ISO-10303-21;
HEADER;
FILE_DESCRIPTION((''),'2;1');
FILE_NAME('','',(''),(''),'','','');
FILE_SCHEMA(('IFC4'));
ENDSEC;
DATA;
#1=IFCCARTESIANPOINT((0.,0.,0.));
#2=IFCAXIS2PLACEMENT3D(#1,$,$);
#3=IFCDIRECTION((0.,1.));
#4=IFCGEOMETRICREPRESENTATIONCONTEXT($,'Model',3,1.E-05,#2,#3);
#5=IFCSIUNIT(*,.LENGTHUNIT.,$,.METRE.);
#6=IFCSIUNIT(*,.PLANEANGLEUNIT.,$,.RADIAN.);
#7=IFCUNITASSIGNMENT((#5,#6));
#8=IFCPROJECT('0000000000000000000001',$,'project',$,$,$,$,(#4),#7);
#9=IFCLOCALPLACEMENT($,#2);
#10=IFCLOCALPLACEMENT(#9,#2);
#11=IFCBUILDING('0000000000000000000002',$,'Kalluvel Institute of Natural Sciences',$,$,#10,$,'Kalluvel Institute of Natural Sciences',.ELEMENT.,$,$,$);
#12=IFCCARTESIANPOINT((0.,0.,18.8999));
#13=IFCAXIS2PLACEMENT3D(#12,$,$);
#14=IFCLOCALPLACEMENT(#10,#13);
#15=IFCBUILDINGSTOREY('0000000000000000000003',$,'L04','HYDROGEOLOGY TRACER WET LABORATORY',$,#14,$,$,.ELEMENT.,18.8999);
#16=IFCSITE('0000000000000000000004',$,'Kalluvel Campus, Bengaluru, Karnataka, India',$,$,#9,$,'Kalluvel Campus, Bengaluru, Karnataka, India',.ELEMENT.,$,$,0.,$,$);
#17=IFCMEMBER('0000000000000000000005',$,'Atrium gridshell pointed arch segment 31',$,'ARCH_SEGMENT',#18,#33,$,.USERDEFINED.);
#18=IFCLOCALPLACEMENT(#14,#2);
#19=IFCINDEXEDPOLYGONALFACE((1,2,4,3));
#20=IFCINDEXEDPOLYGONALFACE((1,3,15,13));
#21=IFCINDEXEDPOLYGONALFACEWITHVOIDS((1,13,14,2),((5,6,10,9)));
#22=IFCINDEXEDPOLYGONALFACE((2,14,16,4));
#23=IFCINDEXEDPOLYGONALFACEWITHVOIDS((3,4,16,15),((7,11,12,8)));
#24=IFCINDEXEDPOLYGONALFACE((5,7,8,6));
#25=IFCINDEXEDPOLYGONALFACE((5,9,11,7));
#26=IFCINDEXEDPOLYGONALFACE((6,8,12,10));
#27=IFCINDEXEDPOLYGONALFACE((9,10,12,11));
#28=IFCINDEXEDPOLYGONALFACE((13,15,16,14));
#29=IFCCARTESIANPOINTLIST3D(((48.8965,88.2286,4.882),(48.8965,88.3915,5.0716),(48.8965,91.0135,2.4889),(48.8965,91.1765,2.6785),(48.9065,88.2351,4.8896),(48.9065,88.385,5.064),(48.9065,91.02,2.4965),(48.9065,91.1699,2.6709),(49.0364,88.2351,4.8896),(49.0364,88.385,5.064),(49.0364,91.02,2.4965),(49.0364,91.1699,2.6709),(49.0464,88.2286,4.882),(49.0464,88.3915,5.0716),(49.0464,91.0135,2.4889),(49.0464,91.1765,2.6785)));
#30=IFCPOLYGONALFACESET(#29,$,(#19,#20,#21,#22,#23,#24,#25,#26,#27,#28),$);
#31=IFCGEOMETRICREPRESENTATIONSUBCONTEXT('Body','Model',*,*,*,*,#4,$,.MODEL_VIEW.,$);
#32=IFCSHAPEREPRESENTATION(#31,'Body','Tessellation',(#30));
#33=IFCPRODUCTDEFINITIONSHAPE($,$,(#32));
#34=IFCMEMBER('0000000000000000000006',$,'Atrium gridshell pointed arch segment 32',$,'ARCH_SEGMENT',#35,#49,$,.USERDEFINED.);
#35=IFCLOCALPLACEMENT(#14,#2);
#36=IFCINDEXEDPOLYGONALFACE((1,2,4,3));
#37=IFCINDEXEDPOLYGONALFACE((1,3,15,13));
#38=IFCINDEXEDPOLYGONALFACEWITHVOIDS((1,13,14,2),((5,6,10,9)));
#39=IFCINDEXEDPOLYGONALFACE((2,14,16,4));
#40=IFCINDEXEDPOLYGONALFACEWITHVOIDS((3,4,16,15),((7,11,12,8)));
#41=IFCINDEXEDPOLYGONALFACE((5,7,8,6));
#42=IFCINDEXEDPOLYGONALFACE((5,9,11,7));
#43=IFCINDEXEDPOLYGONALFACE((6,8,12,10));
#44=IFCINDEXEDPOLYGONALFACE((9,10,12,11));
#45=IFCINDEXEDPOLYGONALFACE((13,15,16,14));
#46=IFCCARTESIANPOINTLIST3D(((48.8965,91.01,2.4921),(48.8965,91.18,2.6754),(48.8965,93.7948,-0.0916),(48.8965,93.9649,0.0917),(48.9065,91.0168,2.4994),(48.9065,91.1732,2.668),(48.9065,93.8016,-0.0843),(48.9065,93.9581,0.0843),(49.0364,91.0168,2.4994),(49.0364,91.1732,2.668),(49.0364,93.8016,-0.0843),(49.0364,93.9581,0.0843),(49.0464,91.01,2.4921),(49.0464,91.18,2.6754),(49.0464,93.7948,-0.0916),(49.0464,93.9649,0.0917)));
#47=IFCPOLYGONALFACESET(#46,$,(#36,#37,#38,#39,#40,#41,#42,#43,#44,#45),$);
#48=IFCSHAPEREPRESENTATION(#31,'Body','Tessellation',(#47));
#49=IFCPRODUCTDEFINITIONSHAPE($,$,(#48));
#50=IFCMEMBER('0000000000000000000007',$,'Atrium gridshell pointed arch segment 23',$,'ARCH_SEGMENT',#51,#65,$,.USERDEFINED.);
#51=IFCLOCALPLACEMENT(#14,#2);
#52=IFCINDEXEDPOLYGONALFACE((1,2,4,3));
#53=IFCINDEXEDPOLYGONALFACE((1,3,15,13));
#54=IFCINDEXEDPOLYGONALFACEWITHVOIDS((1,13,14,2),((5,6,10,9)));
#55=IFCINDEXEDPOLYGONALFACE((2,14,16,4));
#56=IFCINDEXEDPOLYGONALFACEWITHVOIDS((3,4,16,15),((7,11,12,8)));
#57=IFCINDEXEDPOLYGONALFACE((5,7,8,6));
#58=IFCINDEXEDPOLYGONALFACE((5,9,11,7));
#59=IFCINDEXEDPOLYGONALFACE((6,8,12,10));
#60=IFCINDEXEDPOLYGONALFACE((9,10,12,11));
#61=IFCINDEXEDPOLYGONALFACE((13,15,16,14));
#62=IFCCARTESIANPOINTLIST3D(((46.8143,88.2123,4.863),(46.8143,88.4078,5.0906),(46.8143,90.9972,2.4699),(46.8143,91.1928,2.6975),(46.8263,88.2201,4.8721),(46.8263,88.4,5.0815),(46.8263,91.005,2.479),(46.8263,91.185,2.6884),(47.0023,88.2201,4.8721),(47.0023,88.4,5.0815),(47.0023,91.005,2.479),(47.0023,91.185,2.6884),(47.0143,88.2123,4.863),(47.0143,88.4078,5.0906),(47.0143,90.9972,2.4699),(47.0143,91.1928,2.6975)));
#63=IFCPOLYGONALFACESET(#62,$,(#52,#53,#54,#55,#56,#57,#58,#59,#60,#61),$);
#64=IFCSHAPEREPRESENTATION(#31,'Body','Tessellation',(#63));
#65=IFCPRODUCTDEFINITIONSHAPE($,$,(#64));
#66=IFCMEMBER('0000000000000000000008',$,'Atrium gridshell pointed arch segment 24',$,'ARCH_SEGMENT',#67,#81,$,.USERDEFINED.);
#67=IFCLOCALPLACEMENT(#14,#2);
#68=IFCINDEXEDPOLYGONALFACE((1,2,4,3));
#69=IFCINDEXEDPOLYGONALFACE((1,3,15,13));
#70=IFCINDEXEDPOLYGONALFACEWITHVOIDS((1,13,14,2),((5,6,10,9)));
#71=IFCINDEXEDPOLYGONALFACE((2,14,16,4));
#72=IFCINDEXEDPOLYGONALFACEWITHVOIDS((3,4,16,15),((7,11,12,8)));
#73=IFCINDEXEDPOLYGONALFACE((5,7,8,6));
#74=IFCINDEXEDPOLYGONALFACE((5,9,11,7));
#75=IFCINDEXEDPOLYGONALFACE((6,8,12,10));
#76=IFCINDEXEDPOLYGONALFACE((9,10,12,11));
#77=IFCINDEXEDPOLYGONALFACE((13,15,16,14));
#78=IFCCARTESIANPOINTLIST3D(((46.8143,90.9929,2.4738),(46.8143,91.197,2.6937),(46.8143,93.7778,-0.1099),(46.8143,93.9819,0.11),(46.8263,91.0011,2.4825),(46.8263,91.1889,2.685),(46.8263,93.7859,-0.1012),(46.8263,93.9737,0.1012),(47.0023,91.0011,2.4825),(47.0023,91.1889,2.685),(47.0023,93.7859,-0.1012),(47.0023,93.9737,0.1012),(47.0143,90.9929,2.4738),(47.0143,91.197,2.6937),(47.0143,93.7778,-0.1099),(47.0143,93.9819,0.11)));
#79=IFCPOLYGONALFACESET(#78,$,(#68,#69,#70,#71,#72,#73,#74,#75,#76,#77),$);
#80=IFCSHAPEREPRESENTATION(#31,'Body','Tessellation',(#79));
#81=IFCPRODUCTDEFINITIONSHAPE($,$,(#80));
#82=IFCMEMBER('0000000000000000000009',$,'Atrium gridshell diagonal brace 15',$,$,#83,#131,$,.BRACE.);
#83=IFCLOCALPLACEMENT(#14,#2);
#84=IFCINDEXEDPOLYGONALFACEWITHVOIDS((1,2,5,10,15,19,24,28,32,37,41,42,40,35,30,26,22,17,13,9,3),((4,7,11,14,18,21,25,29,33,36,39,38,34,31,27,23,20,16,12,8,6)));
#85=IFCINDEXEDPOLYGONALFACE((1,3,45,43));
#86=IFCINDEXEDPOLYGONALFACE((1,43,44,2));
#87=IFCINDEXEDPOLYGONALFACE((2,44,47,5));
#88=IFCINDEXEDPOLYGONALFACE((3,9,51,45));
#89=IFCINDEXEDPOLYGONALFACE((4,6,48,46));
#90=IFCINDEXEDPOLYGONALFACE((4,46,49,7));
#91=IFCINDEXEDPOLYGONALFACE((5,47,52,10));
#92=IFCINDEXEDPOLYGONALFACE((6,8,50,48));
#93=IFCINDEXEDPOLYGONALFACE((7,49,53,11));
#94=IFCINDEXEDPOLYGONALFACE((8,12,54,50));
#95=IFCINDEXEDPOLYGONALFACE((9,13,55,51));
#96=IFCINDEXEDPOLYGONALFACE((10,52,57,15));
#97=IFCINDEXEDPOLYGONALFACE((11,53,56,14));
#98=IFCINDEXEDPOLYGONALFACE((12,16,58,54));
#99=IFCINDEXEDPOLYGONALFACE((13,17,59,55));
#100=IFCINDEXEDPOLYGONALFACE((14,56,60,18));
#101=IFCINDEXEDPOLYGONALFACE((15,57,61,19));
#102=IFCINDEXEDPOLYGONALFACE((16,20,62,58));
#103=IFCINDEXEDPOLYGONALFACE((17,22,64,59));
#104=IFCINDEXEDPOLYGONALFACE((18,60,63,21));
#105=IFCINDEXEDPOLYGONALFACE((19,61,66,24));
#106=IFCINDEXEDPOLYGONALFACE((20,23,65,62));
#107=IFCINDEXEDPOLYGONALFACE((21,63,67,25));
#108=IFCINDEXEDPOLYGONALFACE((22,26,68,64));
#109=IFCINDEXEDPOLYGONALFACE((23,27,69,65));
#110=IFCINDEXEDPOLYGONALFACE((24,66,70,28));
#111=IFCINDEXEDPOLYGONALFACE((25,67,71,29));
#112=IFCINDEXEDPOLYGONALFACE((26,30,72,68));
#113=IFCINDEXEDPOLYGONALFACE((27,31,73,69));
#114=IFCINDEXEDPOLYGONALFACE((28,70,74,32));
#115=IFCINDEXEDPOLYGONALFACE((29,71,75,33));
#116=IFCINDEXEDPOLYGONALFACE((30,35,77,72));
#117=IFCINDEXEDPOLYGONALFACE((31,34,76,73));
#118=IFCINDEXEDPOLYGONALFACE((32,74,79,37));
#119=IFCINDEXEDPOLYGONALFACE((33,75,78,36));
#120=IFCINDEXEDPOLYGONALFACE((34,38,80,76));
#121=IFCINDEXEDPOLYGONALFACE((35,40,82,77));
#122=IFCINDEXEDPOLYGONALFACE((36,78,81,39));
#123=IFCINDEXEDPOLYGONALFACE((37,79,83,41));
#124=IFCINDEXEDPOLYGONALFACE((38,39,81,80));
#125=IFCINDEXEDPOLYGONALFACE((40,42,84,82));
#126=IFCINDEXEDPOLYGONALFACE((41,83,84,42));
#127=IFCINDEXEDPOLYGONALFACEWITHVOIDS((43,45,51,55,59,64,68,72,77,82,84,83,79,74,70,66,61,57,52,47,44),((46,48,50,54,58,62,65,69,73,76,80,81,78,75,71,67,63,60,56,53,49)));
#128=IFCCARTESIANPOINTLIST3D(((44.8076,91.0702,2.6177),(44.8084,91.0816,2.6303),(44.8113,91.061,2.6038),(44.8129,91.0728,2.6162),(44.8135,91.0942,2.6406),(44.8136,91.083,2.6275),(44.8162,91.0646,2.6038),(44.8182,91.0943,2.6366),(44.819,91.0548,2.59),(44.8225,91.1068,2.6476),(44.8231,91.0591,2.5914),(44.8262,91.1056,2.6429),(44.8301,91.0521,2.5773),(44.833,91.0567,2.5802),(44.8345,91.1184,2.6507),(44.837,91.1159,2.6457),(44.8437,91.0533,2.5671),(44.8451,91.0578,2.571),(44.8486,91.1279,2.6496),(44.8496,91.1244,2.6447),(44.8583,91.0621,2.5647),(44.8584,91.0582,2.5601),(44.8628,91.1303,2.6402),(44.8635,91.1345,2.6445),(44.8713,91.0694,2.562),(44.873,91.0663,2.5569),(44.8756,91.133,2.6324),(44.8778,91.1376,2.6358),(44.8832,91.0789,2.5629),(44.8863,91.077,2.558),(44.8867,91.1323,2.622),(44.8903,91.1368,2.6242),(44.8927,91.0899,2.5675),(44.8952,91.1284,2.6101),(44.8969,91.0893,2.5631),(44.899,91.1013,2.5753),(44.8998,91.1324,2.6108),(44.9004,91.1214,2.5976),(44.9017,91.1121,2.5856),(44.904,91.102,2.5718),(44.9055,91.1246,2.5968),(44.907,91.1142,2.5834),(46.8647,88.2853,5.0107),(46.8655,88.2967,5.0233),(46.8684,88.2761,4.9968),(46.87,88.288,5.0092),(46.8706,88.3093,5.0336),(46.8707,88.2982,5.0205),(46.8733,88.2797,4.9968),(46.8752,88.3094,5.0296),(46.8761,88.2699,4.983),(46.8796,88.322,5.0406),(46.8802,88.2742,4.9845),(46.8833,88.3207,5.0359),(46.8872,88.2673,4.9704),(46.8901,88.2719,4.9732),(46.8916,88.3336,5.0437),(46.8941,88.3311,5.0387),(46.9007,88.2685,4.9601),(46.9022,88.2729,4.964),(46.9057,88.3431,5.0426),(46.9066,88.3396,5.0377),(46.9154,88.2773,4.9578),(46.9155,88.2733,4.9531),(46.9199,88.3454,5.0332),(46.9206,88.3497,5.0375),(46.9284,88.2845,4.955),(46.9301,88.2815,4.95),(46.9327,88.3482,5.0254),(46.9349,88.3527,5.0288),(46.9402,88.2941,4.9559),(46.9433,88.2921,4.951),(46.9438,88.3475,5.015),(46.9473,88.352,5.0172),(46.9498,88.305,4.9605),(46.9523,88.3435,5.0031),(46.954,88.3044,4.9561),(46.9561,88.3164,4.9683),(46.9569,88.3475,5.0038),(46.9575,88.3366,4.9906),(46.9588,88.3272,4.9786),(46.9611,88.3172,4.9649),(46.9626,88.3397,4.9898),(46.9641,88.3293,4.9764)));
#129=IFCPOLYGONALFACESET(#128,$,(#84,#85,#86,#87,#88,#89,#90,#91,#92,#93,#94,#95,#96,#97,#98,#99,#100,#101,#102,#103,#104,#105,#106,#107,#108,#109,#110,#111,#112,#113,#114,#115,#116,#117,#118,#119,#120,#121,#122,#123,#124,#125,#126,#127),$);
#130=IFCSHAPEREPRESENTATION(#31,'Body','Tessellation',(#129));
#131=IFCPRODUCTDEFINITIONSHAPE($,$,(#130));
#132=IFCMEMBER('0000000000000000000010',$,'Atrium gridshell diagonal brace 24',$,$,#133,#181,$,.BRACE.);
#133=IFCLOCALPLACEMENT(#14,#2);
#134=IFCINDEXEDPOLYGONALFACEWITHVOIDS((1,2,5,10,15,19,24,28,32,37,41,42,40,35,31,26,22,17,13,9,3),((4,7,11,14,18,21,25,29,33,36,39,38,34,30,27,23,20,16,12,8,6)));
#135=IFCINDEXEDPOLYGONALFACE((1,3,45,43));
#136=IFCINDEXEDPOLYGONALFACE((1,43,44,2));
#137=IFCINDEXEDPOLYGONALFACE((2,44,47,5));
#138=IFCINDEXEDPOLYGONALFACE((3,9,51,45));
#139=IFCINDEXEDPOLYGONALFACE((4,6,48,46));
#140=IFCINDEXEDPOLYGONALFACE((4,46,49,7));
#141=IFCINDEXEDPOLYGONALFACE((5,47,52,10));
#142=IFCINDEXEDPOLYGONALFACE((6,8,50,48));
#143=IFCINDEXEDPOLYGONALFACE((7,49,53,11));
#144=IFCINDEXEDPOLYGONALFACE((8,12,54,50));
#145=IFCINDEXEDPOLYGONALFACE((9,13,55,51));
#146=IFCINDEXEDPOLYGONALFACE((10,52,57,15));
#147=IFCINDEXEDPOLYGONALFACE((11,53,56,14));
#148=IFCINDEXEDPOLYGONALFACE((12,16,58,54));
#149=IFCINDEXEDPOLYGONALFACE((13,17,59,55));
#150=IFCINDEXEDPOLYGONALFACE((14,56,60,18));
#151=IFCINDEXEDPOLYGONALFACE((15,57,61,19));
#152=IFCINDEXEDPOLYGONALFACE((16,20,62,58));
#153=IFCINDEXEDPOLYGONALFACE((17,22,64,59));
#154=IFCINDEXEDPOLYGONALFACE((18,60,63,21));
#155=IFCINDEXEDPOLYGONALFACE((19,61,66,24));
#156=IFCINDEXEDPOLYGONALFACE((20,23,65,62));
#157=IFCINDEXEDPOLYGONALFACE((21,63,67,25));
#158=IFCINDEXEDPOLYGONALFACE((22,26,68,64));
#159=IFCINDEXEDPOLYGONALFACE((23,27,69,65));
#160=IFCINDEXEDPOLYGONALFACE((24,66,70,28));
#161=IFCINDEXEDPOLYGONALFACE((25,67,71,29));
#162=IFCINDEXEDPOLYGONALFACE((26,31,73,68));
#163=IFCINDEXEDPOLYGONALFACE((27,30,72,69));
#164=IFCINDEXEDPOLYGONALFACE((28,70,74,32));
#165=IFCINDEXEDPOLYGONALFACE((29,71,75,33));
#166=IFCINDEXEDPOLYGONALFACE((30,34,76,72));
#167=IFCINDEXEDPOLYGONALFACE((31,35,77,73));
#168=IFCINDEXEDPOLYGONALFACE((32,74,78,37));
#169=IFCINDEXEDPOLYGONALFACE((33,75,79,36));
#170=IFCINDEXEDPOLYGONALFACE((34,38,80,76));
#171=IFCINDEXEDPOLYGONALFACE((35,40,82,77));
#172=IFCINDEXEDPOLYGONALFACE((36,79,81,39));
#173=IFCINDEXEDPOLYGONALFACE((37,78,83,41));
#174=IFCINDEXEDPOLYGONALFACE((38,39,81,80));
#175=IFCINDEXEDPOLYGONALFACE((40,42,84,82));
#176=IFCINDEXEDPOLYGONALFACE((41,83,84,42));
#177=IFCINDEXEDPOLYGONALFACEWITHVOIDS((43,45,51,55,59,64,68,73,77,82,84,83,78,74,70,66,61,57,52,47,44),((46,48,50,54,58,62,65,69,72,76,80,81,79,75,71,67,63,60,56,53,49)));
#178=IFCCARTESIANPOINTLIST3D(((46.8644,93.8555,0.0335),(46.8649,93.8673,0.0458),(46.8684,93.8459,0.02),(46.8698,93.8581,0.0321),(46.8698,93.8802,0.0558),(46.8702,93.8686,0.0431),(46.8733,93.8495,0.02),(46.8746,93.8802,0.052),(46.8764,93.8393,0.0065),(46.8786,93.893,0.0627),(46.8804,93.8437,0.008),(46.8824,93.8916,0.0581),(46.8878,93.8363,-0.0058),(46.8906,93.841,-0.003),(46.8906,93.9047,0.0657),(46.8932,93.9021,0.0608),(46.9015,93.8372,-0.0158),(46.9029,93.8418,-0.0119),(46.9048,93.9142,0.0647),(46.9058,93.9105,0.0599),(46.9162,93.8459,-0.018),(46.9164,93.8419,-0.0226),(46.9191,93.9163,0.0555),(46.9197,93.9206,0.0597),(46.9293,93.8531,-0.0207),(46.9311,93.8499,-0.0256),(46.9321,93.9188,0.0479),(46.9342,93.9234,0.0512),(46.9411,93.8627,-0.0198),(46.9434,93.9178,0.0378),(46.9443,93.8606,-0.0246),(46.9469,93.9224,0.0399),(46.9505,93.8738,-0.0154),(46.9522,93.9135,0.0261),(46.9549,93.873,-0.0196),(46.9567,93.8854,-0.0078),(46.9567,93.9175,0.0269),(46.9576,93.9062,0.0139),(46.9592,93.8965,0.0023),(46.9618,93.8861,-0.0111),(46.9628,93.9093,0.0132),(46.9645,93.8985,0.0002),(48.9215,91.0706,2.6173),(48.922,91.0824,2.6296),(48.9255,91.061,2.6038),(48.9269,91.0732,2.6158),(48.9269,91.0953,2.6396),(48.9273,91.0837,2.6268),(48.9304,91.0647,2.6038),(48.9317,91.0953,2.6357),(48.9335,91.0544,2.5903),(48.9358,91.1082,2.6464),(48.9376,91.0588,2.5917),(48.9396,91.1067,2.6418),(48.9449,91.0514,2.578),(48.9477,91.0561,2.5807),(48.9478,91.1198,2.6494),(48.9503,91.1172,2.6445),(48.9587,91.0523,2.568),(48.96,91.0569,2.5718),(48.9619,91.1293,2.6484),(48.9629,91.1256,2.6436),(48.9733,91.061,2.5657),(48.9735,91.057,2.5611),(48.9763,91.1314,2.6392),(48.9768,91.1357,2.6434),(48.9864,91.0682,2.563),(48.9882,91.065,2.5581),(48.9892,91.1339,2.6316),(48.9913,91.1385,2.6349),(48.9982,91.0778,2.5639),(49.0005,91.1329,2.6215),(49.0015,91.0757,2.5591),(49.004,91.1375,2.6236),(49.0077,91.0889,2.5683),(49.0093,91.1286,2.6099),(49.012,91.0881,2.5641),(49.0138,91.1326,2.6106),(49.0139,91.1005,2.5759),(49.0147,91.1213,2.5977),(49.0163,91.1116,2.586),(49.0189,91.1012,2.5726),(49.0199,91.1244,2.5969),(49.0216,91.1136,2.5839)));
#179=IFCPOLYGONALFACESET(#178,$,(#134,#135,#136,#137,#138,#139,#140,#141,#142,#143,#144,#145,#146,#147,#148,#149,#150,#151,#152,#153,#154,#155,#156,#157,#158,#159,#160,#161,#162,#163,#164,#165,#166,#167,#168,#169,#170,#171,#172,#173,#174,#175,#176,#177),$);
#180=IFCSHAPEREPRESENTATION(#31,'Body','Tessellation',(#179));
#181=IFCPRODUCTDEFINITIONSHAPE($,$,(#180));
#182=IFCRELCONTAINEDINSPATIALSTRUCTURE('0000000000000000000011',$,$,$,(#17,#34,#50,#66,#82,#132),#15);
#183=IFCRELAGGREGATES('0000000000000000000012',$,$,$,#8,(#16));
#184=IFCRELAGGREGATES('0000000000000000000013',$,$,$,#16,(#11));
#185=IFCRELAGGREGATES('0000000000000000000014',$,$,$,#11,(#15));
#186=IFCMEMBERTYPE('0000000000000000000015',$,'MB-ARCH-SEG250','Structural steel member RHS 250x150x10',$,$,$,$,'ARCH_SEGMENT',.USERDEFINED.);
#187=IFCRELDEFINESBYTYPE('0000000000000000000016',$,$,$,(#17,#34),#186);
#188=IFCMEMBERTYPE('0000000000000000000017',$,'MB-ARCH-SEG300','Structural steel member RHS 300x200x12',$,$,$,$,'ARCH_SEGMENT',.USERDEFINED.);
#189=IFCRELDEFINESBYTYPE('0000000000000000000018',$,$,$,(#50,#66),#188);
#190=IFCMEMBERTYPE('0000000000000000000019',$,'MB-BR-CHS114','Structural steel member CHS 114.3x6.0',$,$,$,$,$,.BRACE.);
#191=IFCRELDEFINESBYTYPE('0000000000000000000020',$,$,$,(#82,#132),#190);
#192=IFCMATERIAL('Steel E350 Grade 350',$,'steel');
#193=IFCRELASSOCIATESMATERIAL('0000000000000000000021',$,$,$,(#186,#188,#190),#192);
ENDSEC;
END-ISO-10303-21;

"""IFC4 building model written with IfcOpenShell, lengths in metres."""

from ifc_helpers import new_model, si_unit, direction, frame, origin, origin_2d, place, context, subcontext, project, spatial, hollow_rectangle, hollow_circle, extrude, material, material_profile, profile_set, type_object, element, save


model = new_model("IFC4")

# Units and contexts
model_context = context("Model", 3, precision=1e-05, world=origin(), true_north=direction((0.0, 1.0)))
body_context = subcontext(model_context, "Body", "Model", "MODEL_VIEW")
ifc_project = project(units=[si_unit("LENGTHUNIT", "METRE"), si_unit("PLANEANGLEUNIT", "RADIAN")], contexts=[model_context])

# Site, building, storey
site_placement = place(None, origin())
site = spatial("IfcSite", under=ifc_project, at=site_placement, Name="Kalluvel Campus, Bengaluru, Karnataka, India", LongName="Kalluvel Campus, Bengaluru, Karnataka, India", CompositionType="ELEMENT", RefElevation=0.0)
building_placement = place(site_placement, origin())
building = spatial("IfcBuilding", under=site, at=building_placement, Name="Kalluvel Institute of Natural Sciences", LongName="Kalluvel Institute of Natural Sciences", CompositionType="ELEMENT")
storey_placement = place(building_placement, frame((0.0, 0.0, 18.8999)))
storey = spatial("IfcBuildingStorey", under=building, at=storey_placement, Name="L04", Description="HYDROGEOLOGY TRACER WET LABORATORY", CompositionType="ELEMENT", Elevation=18.8999)

# Members
ifc_material_1 = material(Name="Steel E350 Grade 350", Category="steel")
ifc_material_profile_1 = material_profile(ifc_material_1, hollow_rectangle(XDim=0.1499, YDim=0.25, WallThickness=0.01, at=origin_2d()), Name="RHS 250x150x10")
ifc_profile_set_1 = profile_set([ifc_material_profile_1], Name="Steel E350 Grade 350")
member_type_1 = type_object("IfcMemberType", Name="MB-ARCH-SEG250", Description="Structural steel member RHS 250x150x10", ElementType="ARCH_SEGMENT", PredefinedType="USERDEFINED", material=ifc_profile_set_1)
member_1_placement = place(storey_placement, frame((48.9714, 88.3101, 4.9768), z_axis=(0.0, 0.758449, -0.651733), x_axis=(-1.0, 0.0, 0.0)))
element("IfcMember", 1, at=member_1_placement, inside=storey, type_object=member_type_1, Name="Atrium gridshell pointed arch segment 31", ObjectType="ARCH_SEGMENT", PredefinedType="USERDEFINED", context=body_context, shape_type="SweptSolid", body=[
    extrude(hollow_rectangle(XDim=0.1499, YDim=0.25, WallThickness=0.01, at=origin_2d()), origin(), (0.0, 0.0, 1.0), 3.6719),
])
member_2_placement = place(storey_placement, frame((48.9714, 91.095, 2.5837), z_axis=(0.0, 0.733089, -0.680133), x_axis=(-1.0, 0.0, 0.0)))
element("IfcMember", 2, at=member_2_placement, inside=storey, type_object=member_type_1, Name="Atrium gridshell pointed arch segment 32", ObjectType="ARCH_SEGMENT", PredefinedType="USERDEFINED", context=body_context, shape_type="SweptSolid", body=[
    extrude(hollow_rectangle(XDim=0.1499, YDim=0.25, WallThickness=0.01, at=origin_2d()), origin(), (0.0, 0.0, 1.0), 3.7988),
])
ifc_material_profile_2 = material_profile(ifc_material_1, hollow_rectangle(XDim=0.2, YDim=0.3, WallThickness=0.012, at=origin_2d()), Name="RHS 300x200x12")
ifc_profile_set_2 = profile_set([ifc_material_profile_2], Name="Steel E350 Grade 350")
member_type_2 = type_object("IfcMemberType", Name="MB-ARCH-SEG300", Description="Structural steel member RHS 300x200x12", ElementType="ARCH_SEGMENT", PredefinedType="USERDEFINED", material=ifc_profile_set_2)
member_3_placement = place(storey_placement, frame((46.9143, 88.3101, 4.9768), z_axis=(0.0, 0.758449, -0.651733), x_axis=(-1.0, 0.0, 0.0)))
element("IfcMember", 3, at=member_3_placement, inside=storey, type_object=member_type_2, Name="Atrium gridshell pointed arch segment 23", ObjectType="ARCH_SEGMENT", PredefinedType="USERDEFINED", context=body_context, shape_type="SweptSolid", body=[
    extrude(hollow_rectangle(XDim=0.2, YDim=0.3, WallThickness=0.012, at=origin_2d()), origin(), (0.0, 0.0, 1.0), 3.6719),
])
member_4_placement = place(storey_placement, frame((46.9143, 91.095, 2.5837), z_axis=(0.0, 0.733089, -0.680133), x_axis=(-1.0, 0.0, 0.0)))
element("IfcMember", 4, at=member_4_placement, inside=storey, type_object=member_type_2, Name="Atrium gridshell pointed arch segment 24", ObjectType="ARCH_SEGMENT", PredefinedType="USERDEFINED", context=body_context, shape_type="SweptSolid", body=[
    extrude(hollow_rectangle(XDim=0.2, YDim=0.3, WallThickness=0.012, at=origin_2d()), origin(), (0.0, 0.0, 1.0), 3.7988),
])
ifc_material_profile_3 = material_profile(ifc_material_1, hollow_circle(Radius=0.0571, WallThickness=0.0061, at=origin_2d()), Name="CHS 114.3x6.0")
ifc_profile_set_3 = profile_set([ifc_material_profile_3], Name="Steel E350 Grade 350")
member_type_3 = type_object("IfcMemberType", Name="MB-BR-CHS114", Description="Structural steel member CHS 114.3x6.0", PredefinedType="BRACE", material=ifc_profile_set_3)
member_5_placement = place(storey_placement, frame((46.9143, 88.3101, 4.9968), z_axis=(-0.488765, 0.661683, -0.568582), x_axis=(-0.804353, -0.594151, 0.0)))
element("IfcMember", 5, at=member_5_placement, inside=storey, type_object=member_type_3, Name="Atrium gridshell diagonal brace 15", PredefinedType="BRACE", context=body_context, shape_type="SweptSolid", body=[
    extrude(hollow_circle(Radius=0.0571, WallThickness=0.0061, at=origin_2d()), origin(), (0.0, 0.0, 1.0), 4.2087),
])
member_6_placement = place(storey_placement, frame((48.9714, 91.095, 2.6038), z_axis=(-0.476177, 0.644641, -0.598075), x_axis=(-0.804353, -0.594151, 0.0)))
element("IfcMember", 6, at=member_6_placement, inside=storey, type_object=member_type_3, Name="Atrium gridshell diagonal brace 24", PredefinedType="BRACE", context=body_context, shape_type="SweptSolid", body=[
    extrude(hollow_circle(Radius=0.0571, WallThickness=0.0061, at=origin_2d()), origin(), (0.0, 0.0, 1.0), 4.3201),
])

save(model, "model.ifc")
